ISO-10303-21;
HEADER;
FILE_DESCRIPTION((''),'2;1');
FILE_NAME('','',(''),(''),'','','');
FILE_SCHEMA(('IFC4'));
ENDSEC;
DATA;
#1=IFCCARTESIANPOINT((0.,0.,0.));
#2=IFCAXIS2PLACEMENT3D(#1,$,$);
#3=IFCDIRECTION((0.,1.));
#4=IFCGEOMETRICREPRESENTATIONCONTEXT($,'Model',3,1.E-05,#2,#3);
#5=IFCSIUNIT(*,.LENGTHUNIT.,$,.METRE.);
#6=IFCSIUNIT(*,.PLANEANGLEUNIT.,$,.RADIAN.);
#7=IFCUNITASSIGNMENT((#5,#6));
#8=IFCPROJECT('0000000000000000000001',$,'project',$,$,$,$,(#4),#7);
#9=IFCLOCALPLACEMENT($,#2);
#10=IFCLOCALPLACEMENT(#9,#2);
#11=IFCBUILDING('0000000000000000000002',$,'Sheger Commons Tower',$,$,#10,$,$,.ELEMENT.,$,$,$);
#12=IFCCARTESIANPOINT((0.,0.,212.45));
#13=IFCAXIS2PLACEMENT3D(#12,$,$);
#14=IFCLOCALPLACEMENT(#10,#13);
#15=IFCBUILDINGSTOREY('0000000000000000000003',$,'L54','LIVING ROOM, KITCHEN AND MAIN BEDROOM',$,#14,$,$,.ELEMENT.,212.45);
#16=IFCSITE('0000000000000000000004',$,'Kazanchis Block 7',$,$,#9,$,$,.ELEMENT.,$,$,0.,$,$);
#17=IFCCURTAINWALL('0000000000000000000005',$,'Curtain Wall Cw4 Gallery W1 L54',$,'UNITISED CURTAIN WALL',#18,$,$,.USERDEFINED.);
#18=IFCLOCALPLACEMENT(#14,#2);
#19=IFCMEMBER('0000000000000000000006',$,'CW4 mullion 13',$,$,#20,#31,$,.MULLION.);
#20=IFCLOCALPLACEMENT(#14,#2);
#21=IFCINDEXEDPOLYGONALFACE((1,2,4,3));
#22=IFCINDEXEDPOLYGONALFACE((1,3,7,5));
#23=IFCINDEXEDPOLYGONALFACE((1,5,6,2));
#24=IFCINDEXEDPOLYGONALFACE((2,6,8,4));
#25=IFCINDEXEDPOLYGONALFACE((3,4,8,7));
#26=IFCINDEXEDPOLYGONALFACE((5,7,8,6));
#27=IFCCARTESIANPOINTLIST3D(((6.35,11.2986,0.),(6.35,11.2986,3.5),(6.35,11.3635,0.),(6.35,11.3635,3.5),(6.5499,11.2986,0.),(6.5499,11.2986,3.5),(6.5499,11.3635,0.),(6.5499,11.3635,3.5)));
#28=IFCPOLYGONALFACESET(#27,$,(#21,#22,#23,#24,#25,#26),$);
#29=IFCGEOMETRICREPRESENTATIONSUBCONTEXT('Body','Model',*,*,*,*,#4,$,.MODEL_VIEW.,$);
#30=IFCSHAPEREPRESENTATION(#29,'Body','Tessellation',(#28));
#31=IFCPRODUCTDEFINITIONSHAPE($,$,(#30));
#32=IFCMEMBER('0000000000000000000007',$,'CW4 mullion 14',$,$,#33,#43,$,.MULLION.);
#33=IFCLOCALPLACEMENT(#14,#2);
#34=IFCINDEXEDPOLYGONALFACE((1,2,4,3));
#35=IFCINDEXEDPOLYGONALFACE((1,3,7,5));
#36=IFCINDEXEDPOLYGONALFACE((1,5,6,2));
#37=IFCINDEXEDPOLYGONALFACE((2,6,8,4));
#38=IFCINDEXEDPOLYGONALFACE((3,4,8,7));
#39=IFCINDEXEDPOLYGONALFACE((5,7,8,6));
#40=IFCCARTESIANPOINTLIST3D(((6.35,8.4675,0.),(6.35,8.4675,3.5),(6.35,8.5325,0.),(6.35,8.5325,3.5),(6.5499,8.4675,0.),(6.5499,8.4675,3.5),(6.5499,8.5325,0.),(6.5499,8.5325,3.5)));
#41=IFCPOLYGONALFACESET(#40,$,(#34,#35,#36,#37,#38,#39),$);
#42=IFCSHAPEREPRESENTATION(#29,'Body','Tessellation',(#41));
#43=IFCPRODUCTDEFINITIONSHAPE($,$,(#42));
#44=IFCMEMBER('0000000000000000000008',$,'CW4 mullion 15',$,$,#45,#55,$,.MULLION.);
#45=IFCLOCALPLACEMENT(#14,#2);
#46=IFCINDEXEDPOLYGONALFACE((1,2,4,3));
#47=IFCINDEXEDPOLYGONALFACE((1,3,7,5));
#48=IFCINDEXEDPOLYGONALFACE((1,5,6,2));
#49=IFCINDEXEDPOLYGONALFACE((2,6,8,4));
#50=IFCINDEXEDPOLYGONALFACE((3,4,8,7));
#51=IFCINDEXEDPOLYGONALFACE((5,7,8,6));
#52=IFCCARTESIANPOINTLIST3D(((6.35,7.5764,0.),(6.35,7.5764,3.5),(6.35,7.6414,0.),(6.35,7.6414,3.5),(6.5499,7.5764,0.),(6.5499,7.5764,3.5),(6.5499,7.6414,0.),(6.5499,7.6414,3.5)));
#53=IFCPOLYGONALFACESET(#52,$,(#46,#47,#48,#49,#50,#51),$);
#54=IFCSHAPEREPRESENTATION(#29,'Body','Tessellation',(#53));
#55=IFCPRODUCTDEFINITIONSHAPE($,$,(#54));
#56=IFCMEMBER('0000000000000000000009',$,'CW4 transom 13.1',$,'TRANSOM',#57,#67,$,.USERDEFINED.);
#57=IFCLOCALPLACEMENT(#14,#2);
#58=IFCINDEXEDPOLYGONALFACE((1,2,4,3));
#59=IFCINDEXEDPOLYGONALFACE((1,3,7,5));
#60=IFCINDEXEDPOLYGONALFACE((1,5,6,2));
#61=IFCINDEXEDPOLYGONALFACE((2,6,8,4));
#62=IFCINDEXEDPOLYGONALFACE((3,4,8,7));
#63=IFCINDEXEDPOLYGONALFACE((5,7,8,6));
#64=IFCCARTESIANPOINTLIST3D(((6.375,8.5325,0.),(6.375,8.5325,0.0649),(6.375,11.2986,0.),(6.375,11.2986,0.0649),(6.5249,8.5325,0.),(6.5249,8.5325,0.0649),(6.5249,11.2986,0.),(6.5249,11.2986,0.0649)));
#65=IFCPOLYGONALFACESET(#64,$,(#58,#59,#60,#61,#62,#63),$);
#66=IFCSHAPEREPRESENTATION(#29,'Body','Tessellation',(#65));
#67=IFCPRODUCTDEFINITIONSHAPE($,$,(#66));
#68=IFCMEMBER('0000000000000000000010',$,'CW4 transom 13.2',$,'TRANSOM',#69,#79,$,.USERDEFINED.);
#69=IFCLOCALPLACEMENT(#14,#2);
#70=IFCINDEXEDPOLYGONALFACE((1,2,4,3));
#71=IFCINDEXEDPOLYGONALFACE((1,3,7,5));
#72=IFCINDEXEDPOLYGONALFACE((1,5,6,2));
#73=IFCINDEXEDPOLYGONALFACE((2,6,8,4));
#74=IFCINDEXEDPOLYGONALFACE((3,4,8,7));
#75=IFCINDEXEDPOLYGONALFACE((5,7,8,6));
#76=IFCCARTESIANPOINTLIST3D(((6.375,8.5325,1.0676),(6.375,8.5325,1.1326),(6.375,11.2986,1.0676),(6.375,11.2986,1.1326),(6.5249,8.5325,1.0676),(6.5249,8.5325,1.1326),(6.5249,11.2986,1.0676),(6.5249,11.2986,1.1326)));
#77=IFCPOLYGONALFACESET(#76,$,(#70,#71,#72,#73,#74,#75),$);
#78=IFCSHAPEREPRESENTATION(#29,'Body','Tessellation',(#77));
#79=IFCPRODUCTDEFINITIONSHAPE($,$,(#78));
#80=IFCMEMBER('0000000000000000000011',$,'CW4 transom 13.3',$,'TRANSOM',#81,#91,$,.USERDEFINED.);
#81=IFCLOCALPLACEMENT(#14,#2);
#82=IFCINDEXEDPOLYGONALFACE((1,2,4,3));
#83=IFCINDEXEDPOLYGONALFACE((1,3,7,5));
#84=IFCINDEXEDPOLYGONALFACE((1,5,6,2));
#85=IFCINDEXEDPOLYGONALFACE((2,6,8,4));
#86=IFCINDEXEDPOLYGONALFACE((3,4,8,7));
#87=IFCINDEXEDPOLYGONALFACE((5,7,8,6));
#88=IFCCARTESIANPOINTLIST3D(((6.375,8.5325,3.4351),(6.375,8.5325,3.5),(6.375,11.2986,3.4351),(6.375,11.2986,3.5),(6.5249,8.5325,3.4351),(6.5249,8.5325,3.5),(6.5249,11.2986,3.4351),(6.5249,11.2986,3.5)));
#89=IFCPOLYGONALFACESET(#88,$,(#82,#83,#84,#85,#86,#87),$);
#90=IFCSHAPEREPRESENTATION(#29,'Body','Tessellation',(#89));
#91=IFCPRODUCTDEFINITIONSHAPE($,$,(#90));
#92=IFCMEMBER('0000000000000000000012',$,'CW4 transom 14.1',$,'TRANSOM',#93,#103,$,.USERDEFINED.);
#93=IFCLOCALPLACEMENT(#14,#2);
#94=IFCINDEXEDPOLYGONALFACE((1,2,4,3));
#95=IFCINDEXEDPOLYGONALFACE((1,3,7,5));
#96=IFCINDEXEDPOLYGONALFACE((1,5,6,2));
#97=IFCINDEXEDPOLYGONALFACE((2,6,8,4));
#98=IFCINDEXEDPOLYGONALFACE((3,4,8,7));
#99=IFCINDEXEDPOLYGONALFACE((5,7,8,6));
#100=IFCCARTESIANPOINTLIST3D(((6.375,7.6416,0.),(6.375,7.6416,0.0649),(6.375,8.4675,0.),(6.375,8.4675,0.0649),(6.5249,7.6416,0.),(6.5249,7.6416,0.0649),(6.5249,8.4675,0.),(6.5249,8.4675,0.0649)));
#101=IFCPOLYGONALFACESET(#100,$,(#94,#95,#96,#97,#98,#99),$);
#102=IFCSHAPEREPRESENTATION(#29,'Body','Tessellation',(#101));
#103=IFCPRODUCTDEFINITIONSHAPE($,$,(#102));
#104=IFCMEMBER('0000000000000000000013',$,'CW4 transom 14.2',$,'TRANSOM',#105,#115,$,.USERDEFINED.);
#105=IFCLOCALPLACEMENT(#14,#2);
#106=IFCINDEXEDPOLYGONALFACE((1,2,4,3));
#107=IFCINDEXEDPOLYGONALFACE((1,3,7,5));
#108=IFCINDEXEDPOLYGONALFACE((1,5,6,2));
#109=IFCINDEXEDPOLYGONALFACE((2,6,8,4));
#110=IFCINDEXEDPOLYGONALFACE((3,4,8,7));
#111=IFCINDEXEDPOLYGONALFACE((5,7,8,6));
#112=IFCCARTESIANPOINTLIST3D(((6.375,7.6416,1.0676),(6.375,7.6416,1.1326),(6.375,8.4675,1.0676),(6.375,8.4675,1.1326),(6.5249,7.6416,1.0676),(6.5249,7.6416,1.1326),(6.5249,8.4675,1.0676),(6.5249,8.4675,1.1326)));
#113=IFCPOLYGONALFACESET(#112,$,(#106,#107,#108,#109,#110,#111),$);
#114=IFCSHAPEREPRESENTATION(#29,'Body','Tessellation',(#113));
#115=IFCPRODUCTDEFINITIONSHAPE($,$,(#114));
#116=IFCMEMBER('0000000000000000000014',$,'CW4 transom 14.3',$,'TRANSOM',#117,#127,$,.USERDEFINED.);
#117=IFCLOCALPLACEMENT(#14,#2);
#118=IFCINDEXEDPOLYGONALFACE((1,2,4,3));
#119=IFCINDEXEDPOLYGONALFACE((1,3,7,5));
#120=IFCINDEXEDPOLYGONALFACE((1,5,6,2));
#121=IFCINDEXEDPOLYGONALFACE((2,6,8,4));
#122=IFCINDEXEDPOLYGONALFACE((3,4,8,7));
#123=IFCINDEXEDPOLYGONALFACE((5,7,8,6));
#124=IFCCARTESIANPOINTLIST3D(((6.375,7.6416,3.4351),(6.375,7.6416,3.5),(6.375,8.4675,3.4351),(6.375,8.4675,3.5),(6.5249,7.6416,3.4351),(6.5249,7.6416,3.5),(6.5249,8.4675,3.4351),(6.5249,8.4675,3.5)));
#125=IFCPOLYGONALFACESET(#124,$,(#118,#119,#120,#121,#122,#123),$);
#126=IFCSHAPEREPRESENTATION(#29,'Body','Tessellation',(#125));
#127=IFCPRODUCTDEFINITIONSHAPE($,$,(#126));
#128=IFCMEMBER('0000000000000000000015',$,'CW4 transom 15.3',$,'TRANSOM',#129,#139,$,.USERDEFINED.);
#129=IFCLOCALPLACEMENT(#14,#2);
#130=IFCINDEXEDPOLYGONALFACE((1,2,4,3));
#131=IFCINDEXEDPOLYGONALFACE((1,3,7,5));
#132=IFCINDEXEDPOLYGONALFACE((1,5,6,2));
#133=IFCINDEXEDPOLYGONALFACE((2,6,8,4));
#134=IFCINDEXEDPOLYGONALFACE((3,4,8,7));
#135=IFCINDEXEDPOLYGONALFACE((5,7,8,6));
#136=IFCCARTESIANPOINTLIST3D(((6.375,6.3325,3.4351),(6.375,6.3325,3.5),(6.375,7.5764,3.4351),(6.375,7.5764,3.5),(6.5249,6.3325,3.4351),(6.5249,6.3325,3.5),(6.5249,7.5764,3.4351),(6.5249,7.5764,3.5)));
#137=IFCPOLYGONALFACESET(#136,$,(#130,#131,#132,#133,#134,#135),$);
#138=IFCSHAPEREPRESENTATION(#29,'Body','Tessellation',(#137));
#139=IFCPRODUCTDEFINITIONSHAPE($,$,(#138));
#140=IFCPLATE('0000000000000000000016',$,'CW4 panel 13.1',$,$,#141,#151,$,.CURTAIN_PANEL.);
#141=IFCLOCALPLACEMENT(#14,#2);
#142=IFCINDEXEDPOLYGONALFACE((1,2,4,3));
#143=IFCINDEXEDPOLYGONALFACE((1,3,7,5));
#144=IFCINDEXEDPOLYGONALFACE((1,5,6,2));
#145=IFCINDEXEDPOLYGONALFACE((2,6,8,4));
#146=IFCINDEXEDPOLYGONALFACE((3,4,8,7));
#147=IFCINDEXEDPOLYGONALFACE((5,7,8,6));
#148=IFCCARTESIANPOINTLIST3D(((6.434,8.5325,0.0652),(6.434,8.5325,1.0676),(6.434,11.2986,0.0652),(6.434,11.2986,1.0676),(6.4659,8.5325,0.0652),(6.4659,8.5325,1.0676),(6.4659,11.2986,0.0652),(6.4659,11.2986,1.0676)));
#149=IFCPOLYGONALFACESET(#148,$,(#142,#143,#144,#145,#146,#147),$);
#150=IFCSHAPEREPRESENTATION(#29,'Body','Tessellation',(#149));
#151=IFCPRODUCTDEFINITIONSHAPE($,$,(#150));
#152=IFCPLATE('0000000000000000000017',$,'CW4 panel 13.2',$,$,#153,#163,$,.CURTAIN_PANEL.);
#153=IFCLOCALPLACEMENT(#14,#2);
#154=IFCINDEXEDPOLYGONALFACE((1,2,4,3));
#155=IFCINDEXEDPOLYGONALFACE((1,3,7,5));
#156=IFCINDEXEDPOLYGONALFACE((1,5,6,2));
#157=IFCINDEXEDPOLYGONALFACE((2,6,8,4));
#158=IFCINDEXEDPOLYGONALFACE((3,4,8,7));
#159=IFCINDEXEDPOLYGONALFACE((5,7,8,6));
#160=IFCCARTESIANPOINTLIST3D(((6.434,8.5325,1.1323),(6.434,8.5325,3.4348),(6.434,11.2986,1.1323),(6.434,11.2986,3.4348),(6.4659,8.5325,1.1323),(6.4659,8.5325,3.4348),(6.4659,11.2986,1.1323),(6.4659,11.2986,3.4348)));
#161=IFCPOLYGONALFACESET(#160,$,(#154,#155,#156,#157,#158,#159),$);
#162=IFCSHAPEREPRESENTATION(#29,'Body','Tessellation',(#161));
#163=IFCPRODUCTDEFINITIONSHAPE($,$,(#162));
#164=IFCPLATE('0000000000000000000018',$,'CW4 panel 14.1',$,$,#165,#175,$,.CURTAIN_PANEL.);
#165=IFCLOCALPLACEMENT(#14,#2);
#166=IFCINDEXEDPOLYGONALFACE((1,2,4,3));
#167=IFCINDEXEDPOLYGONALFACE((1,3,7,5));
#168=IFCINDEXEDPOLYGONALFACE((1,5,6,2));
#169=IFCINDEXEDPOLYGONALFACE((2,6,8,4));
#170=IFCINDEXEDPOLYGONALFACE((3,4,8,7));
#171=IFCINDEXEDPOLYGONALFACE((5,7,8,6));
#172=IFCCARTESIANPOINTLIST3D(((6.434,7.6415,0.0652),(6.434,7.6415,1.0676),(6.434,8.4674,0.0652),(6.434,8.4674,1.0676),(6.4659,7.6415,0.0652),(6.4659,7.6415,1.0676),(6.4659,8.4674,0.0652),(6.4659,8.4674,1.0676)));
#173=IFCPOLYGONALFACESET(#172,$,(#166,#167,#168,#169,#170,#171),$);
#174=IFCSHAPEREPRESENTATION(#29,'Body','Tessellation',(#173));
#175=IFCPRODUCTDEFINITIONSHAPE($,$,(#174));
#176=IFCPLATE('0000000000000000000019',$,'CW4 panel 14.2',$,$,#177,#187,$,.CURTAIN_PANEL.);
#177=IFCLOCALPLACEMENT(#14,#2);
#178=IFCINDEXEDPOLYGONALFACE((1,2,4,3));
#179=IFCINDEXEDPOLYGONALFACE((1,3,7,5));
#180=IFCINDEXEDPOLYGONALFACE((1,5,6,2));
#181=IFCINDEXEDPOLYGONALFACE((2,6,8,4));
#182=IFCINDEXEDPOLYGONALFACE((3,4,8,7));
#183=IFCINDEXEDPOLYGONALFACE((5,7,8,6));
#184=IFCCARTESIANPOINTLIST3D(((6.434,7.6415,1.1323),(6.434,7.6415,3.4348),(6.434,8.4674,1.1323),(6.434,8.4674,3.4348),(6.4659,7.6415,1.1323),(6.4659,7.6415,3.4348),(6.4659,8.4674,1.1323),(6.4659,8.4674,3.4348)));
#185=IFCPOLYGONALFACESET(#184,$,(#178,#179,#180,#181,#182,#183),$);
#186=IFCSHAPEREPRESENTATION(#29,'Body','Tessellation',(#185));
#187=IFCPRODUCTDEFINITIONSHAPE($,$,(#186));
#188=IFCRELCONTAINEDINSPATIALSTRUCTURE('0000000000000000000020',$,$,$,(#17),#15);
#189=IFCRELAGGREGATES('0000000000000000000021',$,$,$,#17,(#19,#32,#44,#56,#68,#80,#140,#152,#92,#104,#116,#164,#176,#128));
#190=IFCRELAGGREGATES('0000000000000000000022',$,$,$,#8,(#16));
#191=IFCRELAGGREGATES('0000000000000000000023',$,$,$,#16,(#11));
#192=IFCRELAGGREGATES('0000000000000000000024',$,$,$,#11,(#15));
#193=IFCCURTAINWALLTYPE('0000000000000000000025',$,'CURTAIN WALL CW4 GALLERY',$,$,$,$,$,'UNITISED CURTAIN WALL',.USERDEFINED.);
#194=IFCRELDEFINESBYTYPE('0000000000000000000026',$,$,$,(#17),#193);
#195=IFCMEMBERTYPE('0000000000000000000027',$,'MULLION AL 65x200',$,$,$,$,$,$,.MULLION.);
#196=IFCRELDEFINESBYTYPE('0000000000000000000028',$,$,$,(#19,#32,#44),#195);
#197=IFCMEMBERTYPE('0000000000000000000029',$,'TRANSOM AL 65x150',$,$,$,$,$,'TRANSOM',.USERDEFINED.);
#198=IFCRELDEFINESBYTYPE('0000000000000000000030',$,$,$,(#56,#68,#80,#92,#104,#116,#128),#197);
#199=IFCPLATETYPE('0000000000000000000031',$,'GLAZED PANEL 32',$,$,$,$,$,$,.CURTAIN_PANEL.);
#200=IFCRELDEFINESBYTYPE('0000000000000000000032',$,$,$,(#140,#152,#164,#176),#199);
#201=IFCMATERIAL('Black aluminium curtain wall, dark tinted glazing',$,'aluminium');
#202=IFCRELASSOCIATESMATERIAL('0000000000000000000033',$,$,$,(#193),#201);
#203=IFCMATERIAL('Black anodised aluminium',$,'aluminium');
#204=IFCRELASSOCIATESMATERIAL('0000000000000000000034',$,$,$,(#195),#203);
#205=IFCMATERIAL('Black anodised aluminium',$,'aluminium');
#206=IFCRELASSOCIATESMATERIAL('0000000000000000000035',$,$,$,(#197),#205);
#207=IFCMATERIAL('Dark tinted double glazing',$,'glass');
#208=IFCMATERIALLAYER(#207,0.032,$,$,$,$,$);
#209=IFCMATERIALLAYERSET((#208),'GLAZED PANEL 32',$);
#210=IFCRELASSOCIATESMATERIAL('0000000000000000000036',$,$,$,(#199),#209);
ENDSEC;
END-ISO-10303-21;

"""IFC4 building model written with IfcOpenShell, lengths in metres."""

from ifc_helpers import new_model, si_unit, direction, frame, origin, origin_2d, place, context, subcontext, project, spatial, rectangle, extrude, material, layer, layer_set, material_profile, profile_set, type_object, element, aggregate, save


model = new_model("IFC4")

# Units and contexts
model_context = context("Model", 3, precision=1e-05, world=origin(), true_north=direction((0.0, 1.0)))
body_context = subcontext(model_context, "Body", "Model", "MODEL_VIEW")
ifc_project = project(units=[si_unit("LENGTHUNIT", "METRE"), si_unit("PLANEANGLEUNIT", "RADIAN")], contexts=[model_context])

# Site, building, storey
site_placement = place(None, origin())
site = spatial("IfcSite", under=ifc_project, at=site_placement, Name="Kazanchis Block 7", CompositionType="ELEMENT", RefElevation=0.0)
building_placement = place(site_placement, origin())
building = spatial("IfcBuilding", under=site, at=building_placement, Name="Sheger Commons Tower", CompositionType="ELEMENT")
storey_placement = place(building_placement, frame((0.0, 0.0, 212.45)))
storey = spatial("IfcBuildingStorey", under=building, at=storey_placement, Name="L54", Description="LIVING ROOM, KITCHEN AND MAIN BEDROOM", CompositionType="ELEMENT", Elevation=212.45)

# Curtain wall, members, plates
ifc_material_1 = material(Name="Black aluminium curtain wall, dark tinted glazing", Category="aluminium")
curtain_wall_type = type_object("IfcCurtainWallType", Name="CURTAIN WALL CW4 GALLERY", ElementType="UNITISED CURTAIN WALL", PredefinedType="USERDEFINED", material=ifc_material_1)
curtain_wall_placement = place(storey_placement, origin())
curtain_wall = element("IfcCurtainWall", 1, at=curtain_wall_placement, inside=storey, type_object=curtain_wall_type, Name="Curtain Wall Cw4 Gallery W1 L54", ObjectType="UNITISED CURTAIN WALL", PredefinedType="USERDEFINED")
ifc_material_2 = material(Name="Black anodised aluminium", Category="aluminium")
ifc_material_profile_1 = material_profile(ifc_material_2, rectangle(XDim=0.2, YDim=0.0649, at=origin_2d()), Name="AL 65x200")
ifc_profile_set_1 = profile_set([ifc_material_profile_1], Name="Black anodised aluminium")
member_type_1 = type_object("IfcMemberType", Name="MULLION AL 65x200", PredefinedType="MULLION", material=ifc_profile_set_1)
member_1_placement = place(storey_placement, frame((6.45, 11.3311, 0.0), z_axis=(0.0, 0.0, 1.0), x_axis=(1.0, 0.0, 0.0)))
member_1 = element("IfcMember", 2, at=member_1_placement, type_object=member_type_1, Name="CW4 mullion 13", PredefinedType="MULLION", context=body_context, shape_type="SweptSolid", body=[
    extrude(rectangle(XDim=0.2, YDim=0.0649, at=origin_2d()), origin(), (0.0, 0.0, 1.0), 3.5),
])
member_2_placement = place(storey_placement, frame((6.45, 8.5, 0.0), z_axis=(0.0, 0.0, 1.0), x_axis=(1.0, 0.0, 0.0)))
member_2 = element("IfcMember", 3, at=member_2_placement, type_object=member_type_1, Name="CW4 mullion 14", PredefinedType="MULLION", context=body_context, shape_type="SweptSolid", body=[
    extrude(rectangle(XDim=0.2, YDim=0.0649, at=origin_2d()), origin(), (0.0, 0.0, 1.0), 3.5),
])
member_3_placement = place(storey_placement, frame((6.45, 7.6089, 0.0), z_axis=(0.0, 0.0, 1.0), x_axis=(1.0, 0.0, 0.0)))
member_3 = element("IfcMember", 4, at=member_3_placement, type_object=member_type_1, Name="CW4 mullion 15", PredefinedType="MULLION", context=body_context, shape_type="SweptSolid", body=[
    extrude(rectangle(XDim=0.2, YDim=0.0649, at=origin_2d()), origin(), (0.0, 0.0, 1.0), 3.5),
])
ifc_material_3 = material(Name="Black anodised aluminium", Category="aluminium")
ifc_material_profile_2 = material_profile(ifc_material_3, rectangle(XDim=0.1499, YDim=0.0649, at=origin_2d()), Name="AL 65x150")
ifc_profile_set_2 = profile_set([ifc_material_profile_2], Name="Black anodised aluminium")
member_type_2 = type_object("IfcMemberType", Name="TRANSOM AL 65x150", ElementType="TRANSOM", PredefinedType="USERDEFINED", material=ifc_profile_set_2)
member_4_placement = place(storey_placement, frame((6.45, 11.2986, 0.0325), z_axis=(0.0, -1.0, 0.0), x_axis=(1.0, 0.0, 0.0)))
member_4 = element("IfcMember", 5, at=member_4_placement, type_object=member_type_2, Name="CW4 transom 13.1", ObjectType="TRANSOM", PredefinedType="USERDEFINED", context=body_context, shape_type="SweptSolid", body=[
    extrude(rectangle(XDim=0.1499, YDim=0.0649, at=origin_2d()), origin(), (0.0, 0.0, 1.0), 2.7661),
])
member_5_placement = place(storey_placement, frame((6.45, 11.2986, 1.1001), z_axis=(0.0, -1.0, 0.0), x_axis=(1.0, 0.0, 0.0)))
member_5 = element("IfcMember", 6, at=member_5_placement, type_object=member_type_2, Name="CW4 transom 13.2", ObjectType="TRANSOM", PredefinedType="USERDEFINED", context=body_context, shape_type="SweptSolid", body=[
    extrude(rectangle(XDim=0.1499, YDim=0.0649, at=origin_2d()), origin(), (0.0, 0.0, 1.0), 2.7661),
])
member_6_placement = place(storey_placement, frame((6.45, 11.2986, 3.4675), z_axis=(0.0, -1.0, 0.0), x_axis=(1.0, 0.0, 0.0)))
member_6 = element("IfcMember", 7, at=member_6_placement, type_object=member_type_2, Name="CW4 transom 13.3", ObjectType="TRANSOM", PredefinedType="USERDEFINED", context=body_context, shape_type="SweptSolid", body=[
    extrude(rectangle(XDim=0.1499, YDim=0.0649, at=origin_2d()), origin(), (0.0, 0.0, 1.0), 2.7661),
])
member_7_placement = place(storey_placement, frame((6.45, 8.4675, 0.0325), z_axis=(0.0, -1.0, 0.0), x_axis=(1.0, 0.0, 0.0)))
member_7 = element("IfcMember", 8, at=member_7_placement, type_object=member_type_2, Name="CW4 transom 14.1", ObjectType="TRANSOM", PredefinedType="USERDEFINED", context=body_context, shape_type="SweptSolid", body=[
    extrude(rectangle(XDim=0.1499, YDim=0.0649, at=origin_2d()), origin(), (0.0, 0.0, 1.0), 0.8259),
])
member_8_placement = place(storey_placement, frame((6.45, 8.4675, 1.1001), z_axis=(0.0, -1.0, 0.0), x_axis=(1.0, 0.0, 0.0)))
member_8 = element("IfcMember", 9, at=member_8_placement, type_object=member_type_2, Name="CW4 transom 14.2", ObjectType="TRANSOM", PredefinedType="USERDEFINED", context=body_context, shape_type="SweptSolid", body=[
    extrude(rectangle(XDim=0.1499, YDim=0.0649, at=origin_2d()), origin(), (0.0, 0.0, 1.0), 0.8259),
])
member_9_placement = place(storey_placement, frame((6.45, 8.4675, 3.4675), z_axis=(0.0, -1.0, 0.0), x_axis=(1.0, 0.0, 0.0)))
member_9 = element("IfcMember", 10, at=member_9_placement, type_object=member_type_2, Name="CW4 transom 14.3", ObjectType="TRANSOM", PredefinedType="USERDEFINED", context=body_context, shape_type="SweptSolid", body=[
    extrude(rectangle(XDim=0.1499, YDim=0.0649, at=origin_2d()), origin(), (0.0, 0.0, 1.0), 0.8259),
])
member_10_placement = place(storey_placement, frame((6.45, 7.5764, 3.4675), z_axis=(0.0, -1.0, 0.0), x_axis=(1.0, 0.0, 0.0)))
member_10 = element("IfcMember", 11, at=member_10_placement, type_object=member_type_2, Name="CW4 transom 15.3", ObjectType="TRANSOM", PredefinedType="USERDEFINED", context=body_context, shape_type="SweptSolid", body=[
    extrude(rectangle(XDim=0.1499, YDim=0.0649, at=origin_2d()), origin(), (0.0, 0.0, 1.0), 1.2439),
])
ifc_material_4 = material(Name="Dark tinted double glazing", Category="glass")
ifc_layer = layer(ifc_material_4, 0.032)
ifc_layer_set = layer_set([ifc_layer], Name="GLAZED PANEL 32")
plate_type = type_object("IfcPlateType", Name="GLAZED PANEL 32", PredefinedType="CURTAIN_PANEL", material=ifc_layer_set)
plate_1_placement = place(storey_placement, frame((6.45, 9.9155, 0.0652), z_axis=(0.0, 0.0, 1.0), x_axis=(0.0, -1.0, 0.0)))
plate_1 = element("IfcPlate", 12, at=plate_1_placement, type_object=plate_type, Name="CW4 panel 13.1", PredefinedType="CURTAIN_PANEL", context=body_context, shape_type="SweptSolid", body=[
    extrude(rectangle(XDim=2.7661, YDim=0.032, at=origin_2d()), origin(), (0.0, 0.0, 1.0), 1.0024),
])
plate_2_placement = place(storey_placement, frame((6.45, 9.9155, 1.1323), z_axis=(0.0, 0.0, 1.0), x_axis=(0.0, -1.0, 0.0)))
plate_2 = element("IfcPlate", 13, at=plate_2_placement, type_object=plate_type, Name="CW4 panel 13.2", PredefinedType="CURTAIN_PANEL", context=body_context, shape_type="SweptSolid", body=[
    extrude(rectangle(XDim=2.7661, YDim=0.032, at=origin_2d()), origin(), (0.0, 0.0, 1.0), 2.3025),
])
plate_3_placement = place(storey_placement, frame((6.45, 8.0544, 0.0652), z_axis=(0.0, 0.0, 1.0), x_axis=(0.0, -1.0, 0.0)))
plate_3 = element("IfcPlate", 14, at=plate_3_placement, type_object=plate_type, Name="CW4 panel 14.1", PredefinedType="CURTAIN_PANEL", context=body_context, shape_type="SweptSolid", body=[
    extrude(rectangle(XDim=0.8259, YDim=0.032, at=origin_2d()), origin(), (0.0, 0.0, 1.0), 1.0024),
])
plate_4_placement = place(storey_placement, frame((6.45, 8.0544, 1.1323), z_axis=(0.0, 0.0, 1.0), x_axis=(0.0, -1.0, 0.0)))
plate_4 = element("IfcPlate", 15, at=plate_4_placement, type_object=plate_type, Name="CW4 panel 14.2", PredefinedType="CURTAIN_PANEL", context=body_context, shape_type="SweptSolid", body=[
    extrude(rectangle(XDim=0.8259, YDim=0.032, at=origin_2d()), origin(), (0.0, 0.0, 1.0), 2.3025),
])
aggregate(curtain_wall, [member_1, member_2, member_3, member_4, member_5, member_6, plate_1, plate_2, member_7, member_8, member_9, plate_3, plate_4, member_10])

save(model, "model.ifc")
